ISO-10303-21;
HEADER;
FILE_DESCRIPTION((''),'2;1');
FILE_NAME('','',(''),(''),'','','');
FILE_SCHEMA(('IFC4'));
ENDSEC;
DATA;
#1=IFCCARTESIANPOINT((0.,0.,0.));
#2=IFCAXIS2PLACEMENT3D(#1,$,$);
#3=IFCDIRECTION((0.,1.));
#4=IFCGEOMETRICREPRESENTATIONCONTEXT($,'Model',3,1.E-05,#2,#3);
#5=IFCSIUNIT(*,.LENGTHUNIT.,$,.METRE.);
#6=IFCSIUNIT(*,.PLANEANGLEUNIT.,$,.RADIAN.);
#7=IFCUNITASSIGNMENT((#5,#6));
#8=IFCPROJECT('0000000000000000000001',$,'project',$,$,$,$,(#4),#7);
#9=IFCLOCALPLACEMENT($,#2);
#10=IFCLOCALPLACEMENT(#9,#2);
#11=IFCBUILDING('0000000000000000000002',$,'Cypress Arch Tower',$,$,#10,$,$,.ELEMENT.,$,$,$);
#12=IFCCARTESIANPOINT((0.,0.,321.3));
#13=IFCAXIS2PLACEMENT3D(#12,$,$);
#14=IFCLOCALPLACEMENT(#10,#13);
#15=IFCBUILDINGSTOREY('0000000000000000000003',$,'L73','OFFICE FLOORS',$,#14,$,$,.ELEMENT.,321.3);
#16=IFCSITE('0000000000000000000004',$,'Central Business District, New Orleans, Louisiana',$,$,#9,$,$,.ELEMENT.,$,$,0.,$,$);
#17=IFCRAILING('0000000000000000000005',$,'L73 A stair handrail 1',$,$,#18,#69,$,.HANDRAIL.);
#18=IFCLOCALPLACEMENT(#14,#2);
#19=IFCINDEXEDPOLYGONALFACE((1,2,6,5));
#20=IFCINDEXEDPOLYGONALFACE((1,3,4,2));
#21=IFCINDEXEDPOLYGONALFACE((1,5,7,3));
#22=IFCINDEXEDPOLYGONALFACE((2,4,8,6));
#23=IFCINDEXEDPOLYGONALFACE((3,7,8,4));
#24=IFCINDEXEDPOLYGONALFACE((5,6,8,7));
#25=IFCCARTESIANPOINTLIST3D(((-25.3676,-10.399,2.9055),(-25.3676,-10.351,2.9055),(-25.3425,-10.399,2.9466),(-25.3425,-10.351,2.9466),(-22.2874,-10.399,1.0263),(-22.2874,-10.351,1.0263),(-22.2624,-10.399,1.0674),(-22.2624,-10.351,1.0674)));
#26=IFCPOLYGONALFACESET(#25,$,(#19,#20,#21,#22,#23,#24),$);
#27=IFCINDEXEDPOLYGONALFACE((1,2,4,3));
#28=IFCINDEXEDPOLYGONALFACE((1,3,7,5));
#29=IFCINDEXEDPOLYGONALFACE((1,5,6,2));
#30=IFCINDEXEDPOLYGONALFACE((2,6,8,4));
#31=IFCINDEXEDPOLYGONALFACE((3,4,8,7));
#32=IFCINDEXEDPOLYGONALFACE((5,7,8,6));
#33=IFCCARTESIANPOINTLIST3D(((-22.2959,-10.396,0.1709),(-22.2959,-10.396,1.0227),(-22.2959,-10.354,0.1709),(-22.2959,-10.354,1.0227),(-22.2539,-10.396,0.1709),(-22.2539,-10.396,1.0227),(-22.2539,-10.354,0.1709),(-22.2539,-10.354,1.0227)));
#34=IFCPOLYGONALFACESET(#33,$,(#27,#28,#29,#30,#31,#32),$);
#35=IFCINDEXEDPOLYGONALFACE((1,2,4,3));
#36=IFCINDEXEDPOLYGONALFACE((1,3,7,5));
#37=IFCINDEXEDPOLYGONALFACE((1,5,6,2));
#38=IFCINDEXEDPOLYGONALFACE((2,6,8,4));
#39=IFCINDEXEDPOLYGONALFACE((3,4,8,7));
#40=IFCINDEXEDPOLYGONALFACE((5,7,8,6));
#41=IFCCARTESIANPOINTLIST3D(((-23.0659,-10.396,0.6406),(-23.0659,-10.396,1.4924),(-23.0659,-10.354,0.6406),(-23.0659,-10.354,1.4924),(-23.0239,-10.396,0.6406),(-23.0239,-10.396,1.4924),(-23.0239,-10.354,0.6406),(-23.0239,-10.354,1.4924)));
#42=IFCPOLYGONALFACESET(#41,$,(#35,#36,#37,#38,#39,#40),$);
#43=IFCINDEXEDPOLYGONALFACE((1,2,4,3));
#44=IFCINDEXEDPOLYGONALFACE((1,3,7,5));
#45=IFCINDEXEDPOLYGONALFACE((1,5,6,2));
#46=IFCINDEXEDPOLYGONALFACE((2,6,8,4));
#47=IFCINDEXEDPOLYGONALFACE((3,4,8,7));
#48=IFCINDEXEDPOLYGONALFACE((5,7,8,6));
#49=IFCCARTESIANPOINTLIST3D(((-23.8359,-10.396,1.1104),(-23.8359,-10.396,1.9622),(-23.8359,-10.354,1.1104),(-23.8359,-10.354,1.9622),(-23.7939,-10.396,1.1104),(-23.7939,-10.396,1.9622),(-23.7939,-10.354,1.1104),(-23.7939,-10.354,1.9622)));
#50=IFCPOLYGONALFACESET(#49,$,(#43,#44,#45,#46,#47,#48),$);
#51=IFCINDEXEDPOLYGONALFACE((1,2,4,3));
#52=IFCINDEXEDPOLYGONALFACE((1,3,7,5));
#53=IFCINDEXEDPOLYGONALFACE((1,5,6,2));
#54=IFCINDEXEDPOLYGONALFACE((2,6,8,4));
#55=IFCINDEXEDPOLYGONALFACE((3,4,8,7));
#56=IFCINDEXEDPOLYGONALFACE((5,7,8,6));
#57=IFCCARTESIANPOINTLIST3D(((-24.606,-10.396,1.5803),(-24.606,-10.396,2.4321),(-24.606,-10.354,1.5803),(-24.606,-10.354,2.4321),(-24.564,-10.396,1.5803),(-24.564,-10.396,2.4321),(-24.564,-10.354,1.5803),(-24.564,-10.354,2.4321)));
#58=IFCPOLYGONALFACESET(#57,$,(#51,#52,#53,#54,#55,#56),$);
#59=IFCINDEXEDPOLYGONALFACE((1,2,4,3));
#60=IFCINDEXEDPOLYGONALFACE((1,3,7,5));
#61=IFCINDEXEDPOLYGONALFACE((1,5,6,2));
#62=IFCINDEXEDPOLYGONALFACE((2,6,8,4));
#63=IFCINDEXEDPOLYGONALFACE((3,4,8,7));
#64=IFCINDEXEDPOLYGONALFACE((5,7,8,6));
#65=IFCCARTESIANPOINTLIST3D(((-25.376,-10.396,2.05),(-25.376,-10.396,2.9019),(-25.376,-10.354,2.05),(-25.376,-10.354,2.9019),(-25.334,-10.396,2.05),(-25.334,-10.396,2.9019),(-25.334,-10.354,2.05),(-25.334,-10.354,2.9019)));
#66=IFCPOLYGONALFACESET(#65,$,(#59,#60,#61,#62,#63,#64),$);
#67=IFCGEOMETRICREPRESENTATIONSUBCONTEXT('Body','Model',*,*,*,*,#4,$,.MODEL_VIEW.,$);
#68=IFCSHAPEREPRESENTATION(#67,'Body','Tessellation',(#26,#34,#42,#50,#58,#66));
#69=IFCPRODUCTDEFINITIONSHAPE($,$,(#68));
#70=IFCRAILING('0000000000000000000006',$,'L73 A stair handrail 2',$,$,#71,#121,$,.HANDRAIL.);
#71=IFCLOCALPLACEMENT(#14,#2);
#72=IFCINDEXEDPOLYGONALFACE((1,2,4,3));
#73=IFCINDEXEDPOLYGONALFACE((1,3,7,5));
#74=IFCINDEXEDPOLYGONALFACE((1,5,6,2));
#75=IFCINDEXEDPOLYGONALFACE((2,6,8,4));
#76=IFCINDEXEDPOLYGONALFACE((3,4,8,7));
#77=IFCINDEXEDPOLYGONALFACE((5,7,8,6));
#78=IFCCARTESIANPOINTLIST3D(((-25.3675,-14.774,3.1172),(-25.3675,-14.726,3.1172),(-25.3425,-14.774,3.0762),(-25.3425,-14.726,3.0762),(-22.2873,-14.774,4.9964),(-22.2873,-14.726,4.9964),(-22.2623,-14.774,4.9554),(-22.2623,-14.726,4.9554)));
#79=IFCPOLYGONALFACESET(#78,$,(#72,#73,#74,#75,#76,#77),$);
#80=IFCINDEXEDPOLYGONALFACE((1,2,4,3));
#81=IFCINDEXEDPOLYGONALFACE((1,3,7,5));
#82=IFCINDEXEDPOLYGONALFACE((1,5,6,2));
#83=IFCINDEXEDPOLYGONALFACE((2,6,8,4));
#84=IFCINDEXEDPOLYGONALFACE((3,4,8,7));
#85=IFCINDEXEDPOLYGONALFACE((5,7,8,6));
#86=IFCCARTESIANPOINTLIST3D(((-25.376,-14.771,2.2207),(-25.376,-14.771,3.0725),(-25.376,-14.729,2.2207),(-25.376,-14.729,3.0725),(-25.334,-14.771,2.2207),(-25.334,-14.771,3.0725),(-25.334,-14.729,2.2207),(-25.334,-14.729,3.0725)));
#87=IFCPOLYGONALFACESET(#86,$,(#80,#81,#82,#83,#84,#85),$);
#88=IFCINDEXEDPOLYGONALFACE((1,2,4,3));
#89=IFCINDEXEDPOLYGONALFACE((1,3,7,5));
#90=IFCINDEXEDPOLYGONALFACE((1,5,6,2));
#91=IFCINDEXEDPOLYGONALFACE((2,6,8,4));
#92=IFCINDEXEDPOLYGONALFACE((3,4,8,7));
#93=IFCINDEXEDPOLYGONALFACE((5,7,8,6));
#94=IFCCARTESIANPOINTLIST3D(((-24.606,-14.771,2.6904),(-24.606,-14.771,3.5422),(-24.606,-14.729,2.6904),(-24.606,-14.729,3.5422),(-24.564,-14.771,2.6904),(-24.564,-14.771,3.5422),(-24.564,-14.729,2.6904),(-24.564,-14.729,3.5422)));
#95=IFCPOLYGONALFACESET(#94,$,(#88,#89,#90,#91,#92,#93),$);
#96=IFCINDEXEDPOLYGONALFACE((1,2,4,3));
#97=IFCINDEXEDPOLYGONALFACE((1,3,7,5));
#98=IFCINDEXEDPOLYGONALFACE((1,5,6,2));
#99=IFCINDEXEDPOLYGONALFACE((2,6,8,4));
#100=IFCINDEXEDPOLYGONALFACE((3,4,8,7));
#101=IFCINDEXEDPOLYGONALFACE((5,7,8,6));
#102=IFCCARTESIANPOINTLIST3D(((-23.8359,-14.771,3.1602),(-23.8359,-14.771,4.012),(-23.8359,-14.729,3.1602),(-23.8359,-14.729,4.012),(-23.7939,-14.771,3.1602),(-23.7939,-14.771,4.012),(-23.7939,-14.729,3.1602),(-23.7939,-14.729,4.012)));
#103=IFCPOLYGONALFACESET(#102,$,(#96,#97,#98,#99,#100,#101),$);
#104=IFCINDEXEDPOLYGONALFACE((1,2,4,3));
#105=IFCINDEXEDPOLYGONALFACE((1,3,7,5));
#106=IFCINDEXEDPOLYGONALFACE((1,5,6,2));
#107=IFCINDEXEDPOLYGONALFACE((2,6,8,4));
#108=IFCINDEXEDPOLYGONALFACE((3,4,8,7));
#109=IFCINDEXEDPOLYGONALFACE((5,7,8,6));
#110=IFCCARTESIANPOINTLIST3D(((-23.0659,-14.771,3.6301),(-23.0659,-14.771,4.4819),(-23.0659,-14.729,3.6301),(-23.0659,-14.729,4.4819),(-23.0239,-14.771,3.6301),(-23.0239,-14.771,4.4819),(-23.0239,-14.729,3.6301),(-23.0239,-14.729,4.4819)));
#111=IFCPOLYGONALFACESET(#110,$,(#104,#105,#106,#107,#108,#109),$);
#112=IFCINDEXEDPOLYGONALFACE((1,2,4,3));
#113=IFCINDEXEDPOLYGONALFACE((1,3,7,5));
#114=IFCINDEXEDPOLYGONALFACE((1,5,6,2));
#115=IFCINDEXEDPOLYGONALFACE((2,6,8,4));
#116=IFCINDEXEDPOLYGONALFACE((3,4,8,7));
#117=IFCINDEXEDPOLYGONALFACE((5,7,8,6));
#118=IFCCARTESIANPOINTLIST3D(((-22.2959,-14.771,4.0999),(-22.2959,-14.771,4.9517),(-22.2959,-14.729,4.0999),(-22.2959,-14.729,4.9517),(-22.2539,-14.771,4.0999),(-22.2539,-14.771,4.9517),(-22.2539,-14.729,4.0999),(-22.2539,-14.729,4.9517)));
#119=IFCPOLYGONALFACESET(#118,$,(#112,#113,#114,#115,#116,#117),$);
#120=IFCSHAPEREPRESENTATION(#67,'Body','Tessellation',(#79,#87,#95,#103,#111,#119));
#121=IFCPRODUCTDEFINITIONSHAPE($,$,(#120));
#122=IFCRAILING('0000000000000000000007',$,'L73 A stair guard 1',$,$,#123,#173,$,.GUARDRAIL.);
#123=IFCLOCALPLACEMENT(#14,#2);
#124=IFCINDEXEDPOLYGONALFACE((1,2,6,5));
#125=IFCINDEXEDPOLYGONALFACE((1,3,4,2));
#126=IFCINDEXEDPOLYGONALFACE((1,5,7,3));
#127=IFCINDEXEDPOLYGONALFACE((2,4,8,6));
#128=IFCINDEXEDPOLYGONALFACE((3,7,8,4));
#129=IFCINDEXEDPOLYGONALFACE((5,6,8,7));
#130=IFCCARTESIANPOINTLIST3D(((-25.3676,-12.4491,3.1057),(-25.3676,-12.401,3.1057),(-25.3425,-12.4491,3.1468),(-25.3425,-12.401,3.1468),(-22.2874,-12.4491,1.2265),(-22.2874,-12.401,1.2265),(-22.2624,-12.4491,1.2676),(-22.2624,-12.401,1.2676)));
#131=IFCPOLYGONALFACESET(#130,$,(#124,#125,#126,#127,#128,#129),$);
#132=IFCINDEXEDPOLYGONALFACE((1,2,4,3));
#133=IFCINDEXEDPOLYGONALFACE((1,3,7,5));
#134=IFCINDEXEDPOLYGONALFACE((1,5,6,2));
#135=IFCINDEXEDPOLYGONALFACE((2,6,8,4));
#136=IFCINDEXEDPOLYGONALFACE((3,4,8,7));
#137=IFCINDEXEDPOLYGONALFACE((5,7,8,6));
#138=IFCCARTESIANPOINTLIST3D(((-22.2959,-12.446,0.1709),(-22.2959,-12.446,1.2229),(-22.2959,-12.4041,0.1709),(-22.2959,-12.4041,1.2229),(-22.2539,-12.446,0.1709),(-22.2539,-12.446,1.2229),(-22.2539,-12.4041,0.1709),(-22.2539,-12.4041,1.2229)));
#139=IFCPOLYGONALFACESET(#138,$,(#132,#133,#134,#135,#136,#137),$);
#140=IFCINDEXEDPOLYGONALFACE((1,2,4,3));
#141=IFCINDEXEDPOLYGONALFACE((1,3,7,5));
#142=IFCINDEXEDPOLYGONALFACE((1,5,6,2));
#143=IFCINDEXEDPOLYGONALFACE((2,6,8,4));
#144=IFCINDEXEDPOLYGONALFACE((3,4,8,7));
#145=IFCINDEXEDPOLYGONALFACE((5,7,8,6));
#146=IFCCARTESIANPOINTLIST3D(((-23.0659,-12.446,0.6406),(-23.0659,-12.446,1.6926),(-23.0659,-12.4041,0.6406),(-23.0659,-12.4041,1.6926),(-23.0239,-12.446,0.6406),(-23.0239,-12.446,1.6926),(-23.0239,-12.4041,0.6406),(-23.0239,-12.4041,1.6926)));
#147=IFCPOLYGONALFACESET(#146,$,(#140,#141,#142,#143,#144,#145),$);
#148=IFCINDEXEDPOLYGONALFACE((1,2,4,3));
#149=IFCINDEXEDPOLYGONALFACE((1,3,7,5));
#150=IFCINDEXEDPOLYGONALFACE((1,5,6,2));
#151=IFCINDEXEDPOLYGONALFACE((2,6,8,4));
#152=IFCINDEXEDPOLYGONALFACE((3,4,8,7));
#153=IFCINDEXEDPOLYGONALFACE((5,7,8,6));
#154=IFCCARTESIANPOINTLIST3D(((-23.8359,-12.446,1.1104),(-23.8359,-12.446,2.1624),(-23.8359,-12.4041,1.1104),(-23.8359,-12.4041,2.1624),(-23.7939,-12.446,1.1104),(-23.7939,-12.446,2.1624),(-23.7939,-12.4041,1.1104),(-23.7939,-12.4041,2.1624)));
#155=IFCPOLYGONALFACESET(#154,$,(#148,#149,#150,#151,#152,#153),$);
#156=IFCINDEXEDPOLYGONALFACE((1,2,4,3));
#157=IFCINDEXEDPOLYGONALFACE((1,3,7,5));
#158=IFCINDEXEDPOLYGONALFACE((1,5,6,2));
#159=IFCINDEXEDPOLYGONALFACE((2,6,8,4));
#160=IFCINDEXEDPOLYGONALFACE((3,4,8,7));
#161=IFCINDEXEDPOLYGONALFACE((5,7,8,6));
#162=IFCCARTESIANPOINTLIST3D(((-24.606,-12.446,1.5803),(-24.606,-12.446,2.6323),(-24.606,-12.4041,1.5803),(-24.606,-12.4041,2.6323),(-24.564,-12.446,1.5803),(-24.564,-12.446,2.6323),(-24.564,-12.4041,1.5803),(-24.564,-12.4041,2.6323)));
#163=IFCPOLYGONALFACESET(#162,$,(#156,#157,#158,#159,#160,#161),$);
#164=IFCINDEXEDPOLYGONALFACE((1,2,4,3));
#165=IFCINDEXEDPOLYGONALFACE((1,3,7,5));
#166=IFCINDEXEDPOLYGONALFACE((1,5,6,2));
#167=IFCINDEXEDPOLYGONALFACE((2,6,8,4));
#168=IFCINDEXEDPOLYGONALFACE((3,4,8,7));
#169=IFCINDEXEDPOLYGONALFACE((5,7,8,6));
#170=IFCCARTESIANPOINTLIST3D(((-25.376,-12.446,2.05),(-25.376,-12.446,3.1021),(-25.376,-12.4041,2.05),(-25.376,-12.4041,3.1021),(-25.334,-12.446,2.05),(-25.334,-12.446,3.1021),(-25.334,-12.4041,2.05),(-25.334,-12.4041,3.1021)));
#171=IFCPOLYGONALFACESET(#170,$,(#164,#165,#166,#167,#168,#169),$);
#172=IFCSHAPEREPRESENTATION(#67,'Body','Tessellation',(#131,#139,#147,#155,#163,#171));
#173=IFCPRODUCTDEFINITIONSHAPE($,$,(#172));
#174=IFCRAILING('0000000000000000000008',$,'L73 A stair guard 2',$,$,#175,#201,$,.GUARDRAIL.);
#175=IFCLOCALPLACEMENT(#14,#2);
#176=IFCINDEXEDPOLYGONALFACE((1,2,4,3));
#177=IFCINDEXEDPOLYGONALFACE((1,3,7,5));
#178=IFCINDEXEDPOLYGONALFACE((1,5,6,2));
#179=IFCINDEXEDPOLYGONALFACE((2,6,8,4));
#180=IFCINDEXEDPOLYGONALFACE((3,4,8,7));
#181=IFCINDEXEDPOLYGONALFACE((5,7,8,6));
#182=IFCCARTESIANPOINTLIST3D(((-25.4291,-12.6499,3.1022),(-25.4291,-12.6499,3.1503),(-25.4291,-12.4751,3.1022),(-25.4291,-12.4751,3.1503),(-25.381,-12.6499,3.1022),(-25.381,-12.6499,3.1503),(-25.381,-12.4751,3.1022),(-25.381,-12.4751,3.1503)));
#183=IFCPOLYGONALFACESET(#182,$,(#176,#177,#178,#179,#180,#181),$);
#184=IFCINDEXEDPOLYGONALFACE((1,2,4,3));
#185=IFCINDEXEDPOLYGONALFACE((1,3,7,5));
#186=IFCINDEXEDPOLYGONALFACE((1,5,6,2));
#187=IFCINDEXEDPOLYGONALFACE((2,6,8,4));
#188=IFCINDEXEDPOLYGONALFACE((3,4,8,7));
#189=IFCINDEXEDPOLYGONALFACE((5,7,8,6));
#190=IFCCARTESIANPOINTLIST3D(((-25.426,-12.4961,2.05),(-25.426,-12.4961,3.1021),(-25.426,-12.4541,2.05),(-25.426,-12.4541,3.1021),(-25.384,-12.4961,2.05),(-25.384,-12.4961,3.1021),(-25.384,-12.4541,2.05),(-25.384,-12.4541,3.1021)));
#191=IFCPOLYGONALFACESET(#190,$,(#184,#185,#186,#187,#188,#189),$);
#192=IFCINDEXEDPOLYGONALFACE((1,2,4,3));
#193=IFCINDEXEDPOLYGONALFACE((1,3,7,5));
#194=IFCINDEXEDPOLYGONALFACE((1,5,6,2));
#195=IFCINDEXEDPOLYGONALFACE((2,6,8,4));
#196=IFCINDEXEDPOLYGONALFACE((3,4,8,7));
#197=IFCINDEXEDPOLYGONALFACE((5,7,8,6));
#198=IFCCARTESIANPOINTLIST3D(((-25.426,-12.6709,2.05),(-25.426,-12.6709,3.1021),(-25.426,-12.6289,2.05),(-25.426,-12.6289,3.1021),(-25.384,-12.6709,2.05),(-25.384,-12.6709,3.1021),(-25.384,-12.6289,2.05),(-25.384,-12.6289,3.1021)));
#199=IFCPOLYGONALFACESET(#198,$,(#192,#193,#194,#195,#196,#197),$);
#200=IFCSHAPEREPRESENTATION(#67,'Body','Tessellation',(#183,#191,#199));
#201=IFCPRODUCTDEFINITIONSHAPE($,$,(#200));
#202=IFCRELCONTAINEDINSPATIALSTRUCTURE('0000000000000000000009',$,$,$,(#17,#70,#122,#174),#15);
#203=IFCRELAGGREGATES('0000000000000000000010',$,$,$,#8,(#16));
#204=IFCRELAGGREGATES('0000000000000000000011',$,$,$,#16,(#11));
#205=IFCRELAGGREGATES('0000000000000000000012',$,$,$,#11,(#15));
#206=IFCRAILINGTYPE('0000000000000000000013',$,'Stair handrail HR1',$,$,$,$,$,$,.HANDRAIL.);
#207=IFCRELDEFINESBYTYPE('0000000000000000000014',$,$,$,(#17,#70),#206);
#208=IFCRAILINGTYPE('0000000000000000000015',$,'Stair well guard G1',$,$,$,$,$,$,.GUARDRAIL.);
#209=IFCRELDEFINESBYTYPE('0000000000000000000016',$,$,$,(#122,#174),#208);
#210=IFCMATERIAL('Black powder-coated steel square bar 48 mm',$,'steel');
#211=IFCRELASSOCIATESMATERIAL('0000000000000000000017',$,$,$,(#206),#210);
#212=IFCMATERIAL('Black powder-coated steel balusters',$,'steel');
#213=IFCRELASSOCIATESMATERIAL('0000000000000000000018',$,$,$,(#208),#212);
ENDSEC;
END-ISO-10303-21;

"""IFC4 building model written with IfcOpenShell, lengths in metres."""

from ifc_helpers import new_model, si_unit, direction, frame, origin, origin_2d, place, context, subcontext, project, spatial, rectangle, extrude, material, type_object, element, save


model = new_model("IFC4")

# Units and contexts
model_context = context("Model", 3, precision=1e-05, world=origin(), true_north=direction((0.0, 1.0)))
body_context = subcontext(model_context, "Body", "Model", "MODEL_VIEW")
ifc_project = project(units=[si_unit("LENGTHUNIT", "METRE"), si_unit("PLANEANGLEUNIT", "RADIAN")], contexts=[model_context])

# Site, building, storey
site_placement = place(None, origin())
site = spatial("IfcSite", under=ifc_project, at=site_placement, Name="Central Business District, New Orleans, Louisiana", CompositionType="ELEMENT", RefElevation=0.0)
building_placement = place(site_placement, origin())
building = spatial("IfcBuilding", under=site, at=building_placement, Name="Cypress Arch Tower", CompositionType="ELEMENT")
storey_placement = place(building_placement, frame((0.0, 0.0, 321.3)))
storey = spatial("IfcBuildingStorey", under=building, at=storey_placement, Name="L73", Description="OFFICE FLOORS", CompositionType="ELEMENT", Elevation=321.3)

# Railings
ifc_material_1 = material(Name="Black powder-coated steel square bar 48 mm", Category="steel")
railing_type_1 = type_object("IfcRailingType", Name="Stair handrail HR1", PredefinedType="HANDRAIL", material=ifc_material_1)
railing_1_placement = place(storey_placement, frame((-22.2749, -10.375, 0.1709)))
element("IfcRailing", 1, at=railing_1_placement, inside=storey, type_object=railing_type_1, Name="L73 A stair handrail 1", PredefinedType="HANDRAIL", context=body_context, shape_type="SweptSolid", body=[
    extrude(rectangle(XDim=0.0481, YDim=0.0481, at=origin_2d()), frame((0.0, 0.0, 0.876), z_axis=(-0.853666, 0.0, 0.52082), x_axis=(0.0, -1.0, 0.0)), (0.0, 0.0, 1.0), 3.6082),
    extrude(rectangle(XDim=0.042, YDim=0.042, at=origin_2d()), origin(), (0.0, 0.0, 1.0), 0.8518),
    extrude(rectangle(XDim=0.042, YDim=0.042, at=origin_2d()), frame((-0.77, 0.0, 0.4697)), (0.0, 0.0, 1.0), 0.8518),
    extrude(rectangle(XDim=0.042, YDim=0.042, at=origin_2d()), frame((-1.54, 0.0, 0.9395)), (0.0, 0.0, 1.0), 0.8518),
    extrude(rectangle(XDim=0.042, YDim=0.042, at=origin_2d()), frame((-2.3101, 0.0, 1.4094)), (0.0, 0.0, 1.0), 0.8518),
    extrude(rectangle(XDim=0.042, YDim=0.042, at=origin_2d()), frame((-3.0801, 0.0, 1.8792)), (0.0, 0.0, 1.0), 0.8518),
])
railing_2_placement = place(storey_placement, frame((-25.355, -14.75, 2.2207)))
element("IfcRailing", 2, at=railing_2_placement, inside=storey, type_object=railing_type_1, Name="L73 A stair handrail 2", PredefinedType="HANDRAIL", context=body_context, shape_type="SweptSolid", body=[
    extrude(rectangle(XDim=0.0481, YDim=0.0481, at=origin_2d()), frame((0.0, 0.0, 0.876), z_axis=(0.853666, 0.0, 0.52082), x_axis=(0.0, 1.0, 0.0)), (0.0, 0.0, 1.0), 3.6082),
    extrude(rectangle(XDim=0.042, YDim=0.042, at=origin_2d()), origin(), (0.0, 0.0, 1.0), 0.8518),
    extrude(rectangle(XDim=0.042, YDim=0.042, at=origin_2d()), frame((0.77, 0.0, 0.4697)), (0.0, 0.0, 1.0), 0.8518),
    extrude(rectangle(XDim=0.042, YDim=0.042, at=origin_2d()), frame((1.54, 0.0, 0.9395)), (0.0, 0.0, 1.0), 0.8518),
    extrude(rectangle(XDim=0.042, YDim=0.042, at=origin_2d()), frame((2.3101, 0.0, 1.4094)), (0.0, 0.0, 1.0), 0.8518),
    extrude(rectangle(XDim=0.042, YDim=0.042, at=origin_2d()), frame((3.0801, 0.0, 1.8792)), (0.0, 0.0, 1.0), 0.8518),
])
ifc_material_2 = material(Name="Black powder-coated steel balusters", Category="steel")
railing_type_2 = type_object("IfcRailingType", Name="Stair well guard G1", PredefinedType="GUARDRAIL", material=ifc_material_2)
railing_3_placement = place(storey_placement, frame((-22.2749, -12.425, 0.1709)))
element("IfcRailing", 3, at=railing_3_placement, inside=storey, type_object=railing_type_2, Name="L73 A stair guard 1", PredefinedType="GUARDRAIL", context=body_context, shape_type="SweptSolid", body=[
    extrude(rectangle(XDim=0.0481, YDim=0.0481, at=origin_2d()), frame((0.0, 0.0, 1.0762), z_axis=(-0.853666, 0.0, 0.52082), x_axis=(0.0, -1.0, 0.0)), (0.0, 0.0, 1.0), 3.6082),
    extrude(rectangle(XDim=0.042, YDim=0.042, at=origin_2d()), origin(), (0.0, 0.0, 1.0), 1.052),
    extrude(rectangle(XDim=0.042, YDim=0.042, at=origin_2d()), frame((-0.77, 0.0, 0.4697)), (0.0, 0.0, 1.0), 1.052),
    extrude(rectangle(XDim=0.042, YDim=0.042, at=origin_2d()), frame((-1.54, 0.0, 0.9395)), (0.0, 0.0, 1.0), 1.052),
    extrude(rectangle(XDim=0.042, YDim=0.042, at=origin_2d()), frame((-2.3101, 0.0, 1.4094)), (0.0, 0.0, 1.0), 1.052),
    extrude(rectangle(XDim=0.042, YDim=0.042, at=origin_2d()), frame((-3.0801, 0.0, 1.8792)), (0.0, 0.0, 1.0), 1.052),
])
railing_4_placement = place(storey_placement, frame((-25.405, -12.4751, 2.05)))
element("IfcRailing", 4, at=railing_4_placement, inside=storey, type_object=railing_type_2, Name="L73 A stair guard 2", PredefinedType="GUARDRAIL", context=body_context, shape_type="SweptSolid", body=[
    extrude(rectangle(XDim=0.0481, YDim=0.0481, at=origin_2d()), frame((0.0, 0.0, 1.0762), z_axis=(0.0, -1.0, 0.0), x_axis=(1.0, 0.0, 0.0)), (0.0, 0.0, 1.0), 0.1748),
    extrude(rectangle(XDim=0.042, YDim=0.042, at=origin_2d()), origin(), (0.0, 0.0, 1.0), 1.052),
    extrude(rectangle(XDim=0.042, YDim=0.042, at=origin_2d()), frame((0.0, -0.1748, 0.0)), (0.0, 0.0, 1.0), 1.052),
])

save(model, "model.ifc")
